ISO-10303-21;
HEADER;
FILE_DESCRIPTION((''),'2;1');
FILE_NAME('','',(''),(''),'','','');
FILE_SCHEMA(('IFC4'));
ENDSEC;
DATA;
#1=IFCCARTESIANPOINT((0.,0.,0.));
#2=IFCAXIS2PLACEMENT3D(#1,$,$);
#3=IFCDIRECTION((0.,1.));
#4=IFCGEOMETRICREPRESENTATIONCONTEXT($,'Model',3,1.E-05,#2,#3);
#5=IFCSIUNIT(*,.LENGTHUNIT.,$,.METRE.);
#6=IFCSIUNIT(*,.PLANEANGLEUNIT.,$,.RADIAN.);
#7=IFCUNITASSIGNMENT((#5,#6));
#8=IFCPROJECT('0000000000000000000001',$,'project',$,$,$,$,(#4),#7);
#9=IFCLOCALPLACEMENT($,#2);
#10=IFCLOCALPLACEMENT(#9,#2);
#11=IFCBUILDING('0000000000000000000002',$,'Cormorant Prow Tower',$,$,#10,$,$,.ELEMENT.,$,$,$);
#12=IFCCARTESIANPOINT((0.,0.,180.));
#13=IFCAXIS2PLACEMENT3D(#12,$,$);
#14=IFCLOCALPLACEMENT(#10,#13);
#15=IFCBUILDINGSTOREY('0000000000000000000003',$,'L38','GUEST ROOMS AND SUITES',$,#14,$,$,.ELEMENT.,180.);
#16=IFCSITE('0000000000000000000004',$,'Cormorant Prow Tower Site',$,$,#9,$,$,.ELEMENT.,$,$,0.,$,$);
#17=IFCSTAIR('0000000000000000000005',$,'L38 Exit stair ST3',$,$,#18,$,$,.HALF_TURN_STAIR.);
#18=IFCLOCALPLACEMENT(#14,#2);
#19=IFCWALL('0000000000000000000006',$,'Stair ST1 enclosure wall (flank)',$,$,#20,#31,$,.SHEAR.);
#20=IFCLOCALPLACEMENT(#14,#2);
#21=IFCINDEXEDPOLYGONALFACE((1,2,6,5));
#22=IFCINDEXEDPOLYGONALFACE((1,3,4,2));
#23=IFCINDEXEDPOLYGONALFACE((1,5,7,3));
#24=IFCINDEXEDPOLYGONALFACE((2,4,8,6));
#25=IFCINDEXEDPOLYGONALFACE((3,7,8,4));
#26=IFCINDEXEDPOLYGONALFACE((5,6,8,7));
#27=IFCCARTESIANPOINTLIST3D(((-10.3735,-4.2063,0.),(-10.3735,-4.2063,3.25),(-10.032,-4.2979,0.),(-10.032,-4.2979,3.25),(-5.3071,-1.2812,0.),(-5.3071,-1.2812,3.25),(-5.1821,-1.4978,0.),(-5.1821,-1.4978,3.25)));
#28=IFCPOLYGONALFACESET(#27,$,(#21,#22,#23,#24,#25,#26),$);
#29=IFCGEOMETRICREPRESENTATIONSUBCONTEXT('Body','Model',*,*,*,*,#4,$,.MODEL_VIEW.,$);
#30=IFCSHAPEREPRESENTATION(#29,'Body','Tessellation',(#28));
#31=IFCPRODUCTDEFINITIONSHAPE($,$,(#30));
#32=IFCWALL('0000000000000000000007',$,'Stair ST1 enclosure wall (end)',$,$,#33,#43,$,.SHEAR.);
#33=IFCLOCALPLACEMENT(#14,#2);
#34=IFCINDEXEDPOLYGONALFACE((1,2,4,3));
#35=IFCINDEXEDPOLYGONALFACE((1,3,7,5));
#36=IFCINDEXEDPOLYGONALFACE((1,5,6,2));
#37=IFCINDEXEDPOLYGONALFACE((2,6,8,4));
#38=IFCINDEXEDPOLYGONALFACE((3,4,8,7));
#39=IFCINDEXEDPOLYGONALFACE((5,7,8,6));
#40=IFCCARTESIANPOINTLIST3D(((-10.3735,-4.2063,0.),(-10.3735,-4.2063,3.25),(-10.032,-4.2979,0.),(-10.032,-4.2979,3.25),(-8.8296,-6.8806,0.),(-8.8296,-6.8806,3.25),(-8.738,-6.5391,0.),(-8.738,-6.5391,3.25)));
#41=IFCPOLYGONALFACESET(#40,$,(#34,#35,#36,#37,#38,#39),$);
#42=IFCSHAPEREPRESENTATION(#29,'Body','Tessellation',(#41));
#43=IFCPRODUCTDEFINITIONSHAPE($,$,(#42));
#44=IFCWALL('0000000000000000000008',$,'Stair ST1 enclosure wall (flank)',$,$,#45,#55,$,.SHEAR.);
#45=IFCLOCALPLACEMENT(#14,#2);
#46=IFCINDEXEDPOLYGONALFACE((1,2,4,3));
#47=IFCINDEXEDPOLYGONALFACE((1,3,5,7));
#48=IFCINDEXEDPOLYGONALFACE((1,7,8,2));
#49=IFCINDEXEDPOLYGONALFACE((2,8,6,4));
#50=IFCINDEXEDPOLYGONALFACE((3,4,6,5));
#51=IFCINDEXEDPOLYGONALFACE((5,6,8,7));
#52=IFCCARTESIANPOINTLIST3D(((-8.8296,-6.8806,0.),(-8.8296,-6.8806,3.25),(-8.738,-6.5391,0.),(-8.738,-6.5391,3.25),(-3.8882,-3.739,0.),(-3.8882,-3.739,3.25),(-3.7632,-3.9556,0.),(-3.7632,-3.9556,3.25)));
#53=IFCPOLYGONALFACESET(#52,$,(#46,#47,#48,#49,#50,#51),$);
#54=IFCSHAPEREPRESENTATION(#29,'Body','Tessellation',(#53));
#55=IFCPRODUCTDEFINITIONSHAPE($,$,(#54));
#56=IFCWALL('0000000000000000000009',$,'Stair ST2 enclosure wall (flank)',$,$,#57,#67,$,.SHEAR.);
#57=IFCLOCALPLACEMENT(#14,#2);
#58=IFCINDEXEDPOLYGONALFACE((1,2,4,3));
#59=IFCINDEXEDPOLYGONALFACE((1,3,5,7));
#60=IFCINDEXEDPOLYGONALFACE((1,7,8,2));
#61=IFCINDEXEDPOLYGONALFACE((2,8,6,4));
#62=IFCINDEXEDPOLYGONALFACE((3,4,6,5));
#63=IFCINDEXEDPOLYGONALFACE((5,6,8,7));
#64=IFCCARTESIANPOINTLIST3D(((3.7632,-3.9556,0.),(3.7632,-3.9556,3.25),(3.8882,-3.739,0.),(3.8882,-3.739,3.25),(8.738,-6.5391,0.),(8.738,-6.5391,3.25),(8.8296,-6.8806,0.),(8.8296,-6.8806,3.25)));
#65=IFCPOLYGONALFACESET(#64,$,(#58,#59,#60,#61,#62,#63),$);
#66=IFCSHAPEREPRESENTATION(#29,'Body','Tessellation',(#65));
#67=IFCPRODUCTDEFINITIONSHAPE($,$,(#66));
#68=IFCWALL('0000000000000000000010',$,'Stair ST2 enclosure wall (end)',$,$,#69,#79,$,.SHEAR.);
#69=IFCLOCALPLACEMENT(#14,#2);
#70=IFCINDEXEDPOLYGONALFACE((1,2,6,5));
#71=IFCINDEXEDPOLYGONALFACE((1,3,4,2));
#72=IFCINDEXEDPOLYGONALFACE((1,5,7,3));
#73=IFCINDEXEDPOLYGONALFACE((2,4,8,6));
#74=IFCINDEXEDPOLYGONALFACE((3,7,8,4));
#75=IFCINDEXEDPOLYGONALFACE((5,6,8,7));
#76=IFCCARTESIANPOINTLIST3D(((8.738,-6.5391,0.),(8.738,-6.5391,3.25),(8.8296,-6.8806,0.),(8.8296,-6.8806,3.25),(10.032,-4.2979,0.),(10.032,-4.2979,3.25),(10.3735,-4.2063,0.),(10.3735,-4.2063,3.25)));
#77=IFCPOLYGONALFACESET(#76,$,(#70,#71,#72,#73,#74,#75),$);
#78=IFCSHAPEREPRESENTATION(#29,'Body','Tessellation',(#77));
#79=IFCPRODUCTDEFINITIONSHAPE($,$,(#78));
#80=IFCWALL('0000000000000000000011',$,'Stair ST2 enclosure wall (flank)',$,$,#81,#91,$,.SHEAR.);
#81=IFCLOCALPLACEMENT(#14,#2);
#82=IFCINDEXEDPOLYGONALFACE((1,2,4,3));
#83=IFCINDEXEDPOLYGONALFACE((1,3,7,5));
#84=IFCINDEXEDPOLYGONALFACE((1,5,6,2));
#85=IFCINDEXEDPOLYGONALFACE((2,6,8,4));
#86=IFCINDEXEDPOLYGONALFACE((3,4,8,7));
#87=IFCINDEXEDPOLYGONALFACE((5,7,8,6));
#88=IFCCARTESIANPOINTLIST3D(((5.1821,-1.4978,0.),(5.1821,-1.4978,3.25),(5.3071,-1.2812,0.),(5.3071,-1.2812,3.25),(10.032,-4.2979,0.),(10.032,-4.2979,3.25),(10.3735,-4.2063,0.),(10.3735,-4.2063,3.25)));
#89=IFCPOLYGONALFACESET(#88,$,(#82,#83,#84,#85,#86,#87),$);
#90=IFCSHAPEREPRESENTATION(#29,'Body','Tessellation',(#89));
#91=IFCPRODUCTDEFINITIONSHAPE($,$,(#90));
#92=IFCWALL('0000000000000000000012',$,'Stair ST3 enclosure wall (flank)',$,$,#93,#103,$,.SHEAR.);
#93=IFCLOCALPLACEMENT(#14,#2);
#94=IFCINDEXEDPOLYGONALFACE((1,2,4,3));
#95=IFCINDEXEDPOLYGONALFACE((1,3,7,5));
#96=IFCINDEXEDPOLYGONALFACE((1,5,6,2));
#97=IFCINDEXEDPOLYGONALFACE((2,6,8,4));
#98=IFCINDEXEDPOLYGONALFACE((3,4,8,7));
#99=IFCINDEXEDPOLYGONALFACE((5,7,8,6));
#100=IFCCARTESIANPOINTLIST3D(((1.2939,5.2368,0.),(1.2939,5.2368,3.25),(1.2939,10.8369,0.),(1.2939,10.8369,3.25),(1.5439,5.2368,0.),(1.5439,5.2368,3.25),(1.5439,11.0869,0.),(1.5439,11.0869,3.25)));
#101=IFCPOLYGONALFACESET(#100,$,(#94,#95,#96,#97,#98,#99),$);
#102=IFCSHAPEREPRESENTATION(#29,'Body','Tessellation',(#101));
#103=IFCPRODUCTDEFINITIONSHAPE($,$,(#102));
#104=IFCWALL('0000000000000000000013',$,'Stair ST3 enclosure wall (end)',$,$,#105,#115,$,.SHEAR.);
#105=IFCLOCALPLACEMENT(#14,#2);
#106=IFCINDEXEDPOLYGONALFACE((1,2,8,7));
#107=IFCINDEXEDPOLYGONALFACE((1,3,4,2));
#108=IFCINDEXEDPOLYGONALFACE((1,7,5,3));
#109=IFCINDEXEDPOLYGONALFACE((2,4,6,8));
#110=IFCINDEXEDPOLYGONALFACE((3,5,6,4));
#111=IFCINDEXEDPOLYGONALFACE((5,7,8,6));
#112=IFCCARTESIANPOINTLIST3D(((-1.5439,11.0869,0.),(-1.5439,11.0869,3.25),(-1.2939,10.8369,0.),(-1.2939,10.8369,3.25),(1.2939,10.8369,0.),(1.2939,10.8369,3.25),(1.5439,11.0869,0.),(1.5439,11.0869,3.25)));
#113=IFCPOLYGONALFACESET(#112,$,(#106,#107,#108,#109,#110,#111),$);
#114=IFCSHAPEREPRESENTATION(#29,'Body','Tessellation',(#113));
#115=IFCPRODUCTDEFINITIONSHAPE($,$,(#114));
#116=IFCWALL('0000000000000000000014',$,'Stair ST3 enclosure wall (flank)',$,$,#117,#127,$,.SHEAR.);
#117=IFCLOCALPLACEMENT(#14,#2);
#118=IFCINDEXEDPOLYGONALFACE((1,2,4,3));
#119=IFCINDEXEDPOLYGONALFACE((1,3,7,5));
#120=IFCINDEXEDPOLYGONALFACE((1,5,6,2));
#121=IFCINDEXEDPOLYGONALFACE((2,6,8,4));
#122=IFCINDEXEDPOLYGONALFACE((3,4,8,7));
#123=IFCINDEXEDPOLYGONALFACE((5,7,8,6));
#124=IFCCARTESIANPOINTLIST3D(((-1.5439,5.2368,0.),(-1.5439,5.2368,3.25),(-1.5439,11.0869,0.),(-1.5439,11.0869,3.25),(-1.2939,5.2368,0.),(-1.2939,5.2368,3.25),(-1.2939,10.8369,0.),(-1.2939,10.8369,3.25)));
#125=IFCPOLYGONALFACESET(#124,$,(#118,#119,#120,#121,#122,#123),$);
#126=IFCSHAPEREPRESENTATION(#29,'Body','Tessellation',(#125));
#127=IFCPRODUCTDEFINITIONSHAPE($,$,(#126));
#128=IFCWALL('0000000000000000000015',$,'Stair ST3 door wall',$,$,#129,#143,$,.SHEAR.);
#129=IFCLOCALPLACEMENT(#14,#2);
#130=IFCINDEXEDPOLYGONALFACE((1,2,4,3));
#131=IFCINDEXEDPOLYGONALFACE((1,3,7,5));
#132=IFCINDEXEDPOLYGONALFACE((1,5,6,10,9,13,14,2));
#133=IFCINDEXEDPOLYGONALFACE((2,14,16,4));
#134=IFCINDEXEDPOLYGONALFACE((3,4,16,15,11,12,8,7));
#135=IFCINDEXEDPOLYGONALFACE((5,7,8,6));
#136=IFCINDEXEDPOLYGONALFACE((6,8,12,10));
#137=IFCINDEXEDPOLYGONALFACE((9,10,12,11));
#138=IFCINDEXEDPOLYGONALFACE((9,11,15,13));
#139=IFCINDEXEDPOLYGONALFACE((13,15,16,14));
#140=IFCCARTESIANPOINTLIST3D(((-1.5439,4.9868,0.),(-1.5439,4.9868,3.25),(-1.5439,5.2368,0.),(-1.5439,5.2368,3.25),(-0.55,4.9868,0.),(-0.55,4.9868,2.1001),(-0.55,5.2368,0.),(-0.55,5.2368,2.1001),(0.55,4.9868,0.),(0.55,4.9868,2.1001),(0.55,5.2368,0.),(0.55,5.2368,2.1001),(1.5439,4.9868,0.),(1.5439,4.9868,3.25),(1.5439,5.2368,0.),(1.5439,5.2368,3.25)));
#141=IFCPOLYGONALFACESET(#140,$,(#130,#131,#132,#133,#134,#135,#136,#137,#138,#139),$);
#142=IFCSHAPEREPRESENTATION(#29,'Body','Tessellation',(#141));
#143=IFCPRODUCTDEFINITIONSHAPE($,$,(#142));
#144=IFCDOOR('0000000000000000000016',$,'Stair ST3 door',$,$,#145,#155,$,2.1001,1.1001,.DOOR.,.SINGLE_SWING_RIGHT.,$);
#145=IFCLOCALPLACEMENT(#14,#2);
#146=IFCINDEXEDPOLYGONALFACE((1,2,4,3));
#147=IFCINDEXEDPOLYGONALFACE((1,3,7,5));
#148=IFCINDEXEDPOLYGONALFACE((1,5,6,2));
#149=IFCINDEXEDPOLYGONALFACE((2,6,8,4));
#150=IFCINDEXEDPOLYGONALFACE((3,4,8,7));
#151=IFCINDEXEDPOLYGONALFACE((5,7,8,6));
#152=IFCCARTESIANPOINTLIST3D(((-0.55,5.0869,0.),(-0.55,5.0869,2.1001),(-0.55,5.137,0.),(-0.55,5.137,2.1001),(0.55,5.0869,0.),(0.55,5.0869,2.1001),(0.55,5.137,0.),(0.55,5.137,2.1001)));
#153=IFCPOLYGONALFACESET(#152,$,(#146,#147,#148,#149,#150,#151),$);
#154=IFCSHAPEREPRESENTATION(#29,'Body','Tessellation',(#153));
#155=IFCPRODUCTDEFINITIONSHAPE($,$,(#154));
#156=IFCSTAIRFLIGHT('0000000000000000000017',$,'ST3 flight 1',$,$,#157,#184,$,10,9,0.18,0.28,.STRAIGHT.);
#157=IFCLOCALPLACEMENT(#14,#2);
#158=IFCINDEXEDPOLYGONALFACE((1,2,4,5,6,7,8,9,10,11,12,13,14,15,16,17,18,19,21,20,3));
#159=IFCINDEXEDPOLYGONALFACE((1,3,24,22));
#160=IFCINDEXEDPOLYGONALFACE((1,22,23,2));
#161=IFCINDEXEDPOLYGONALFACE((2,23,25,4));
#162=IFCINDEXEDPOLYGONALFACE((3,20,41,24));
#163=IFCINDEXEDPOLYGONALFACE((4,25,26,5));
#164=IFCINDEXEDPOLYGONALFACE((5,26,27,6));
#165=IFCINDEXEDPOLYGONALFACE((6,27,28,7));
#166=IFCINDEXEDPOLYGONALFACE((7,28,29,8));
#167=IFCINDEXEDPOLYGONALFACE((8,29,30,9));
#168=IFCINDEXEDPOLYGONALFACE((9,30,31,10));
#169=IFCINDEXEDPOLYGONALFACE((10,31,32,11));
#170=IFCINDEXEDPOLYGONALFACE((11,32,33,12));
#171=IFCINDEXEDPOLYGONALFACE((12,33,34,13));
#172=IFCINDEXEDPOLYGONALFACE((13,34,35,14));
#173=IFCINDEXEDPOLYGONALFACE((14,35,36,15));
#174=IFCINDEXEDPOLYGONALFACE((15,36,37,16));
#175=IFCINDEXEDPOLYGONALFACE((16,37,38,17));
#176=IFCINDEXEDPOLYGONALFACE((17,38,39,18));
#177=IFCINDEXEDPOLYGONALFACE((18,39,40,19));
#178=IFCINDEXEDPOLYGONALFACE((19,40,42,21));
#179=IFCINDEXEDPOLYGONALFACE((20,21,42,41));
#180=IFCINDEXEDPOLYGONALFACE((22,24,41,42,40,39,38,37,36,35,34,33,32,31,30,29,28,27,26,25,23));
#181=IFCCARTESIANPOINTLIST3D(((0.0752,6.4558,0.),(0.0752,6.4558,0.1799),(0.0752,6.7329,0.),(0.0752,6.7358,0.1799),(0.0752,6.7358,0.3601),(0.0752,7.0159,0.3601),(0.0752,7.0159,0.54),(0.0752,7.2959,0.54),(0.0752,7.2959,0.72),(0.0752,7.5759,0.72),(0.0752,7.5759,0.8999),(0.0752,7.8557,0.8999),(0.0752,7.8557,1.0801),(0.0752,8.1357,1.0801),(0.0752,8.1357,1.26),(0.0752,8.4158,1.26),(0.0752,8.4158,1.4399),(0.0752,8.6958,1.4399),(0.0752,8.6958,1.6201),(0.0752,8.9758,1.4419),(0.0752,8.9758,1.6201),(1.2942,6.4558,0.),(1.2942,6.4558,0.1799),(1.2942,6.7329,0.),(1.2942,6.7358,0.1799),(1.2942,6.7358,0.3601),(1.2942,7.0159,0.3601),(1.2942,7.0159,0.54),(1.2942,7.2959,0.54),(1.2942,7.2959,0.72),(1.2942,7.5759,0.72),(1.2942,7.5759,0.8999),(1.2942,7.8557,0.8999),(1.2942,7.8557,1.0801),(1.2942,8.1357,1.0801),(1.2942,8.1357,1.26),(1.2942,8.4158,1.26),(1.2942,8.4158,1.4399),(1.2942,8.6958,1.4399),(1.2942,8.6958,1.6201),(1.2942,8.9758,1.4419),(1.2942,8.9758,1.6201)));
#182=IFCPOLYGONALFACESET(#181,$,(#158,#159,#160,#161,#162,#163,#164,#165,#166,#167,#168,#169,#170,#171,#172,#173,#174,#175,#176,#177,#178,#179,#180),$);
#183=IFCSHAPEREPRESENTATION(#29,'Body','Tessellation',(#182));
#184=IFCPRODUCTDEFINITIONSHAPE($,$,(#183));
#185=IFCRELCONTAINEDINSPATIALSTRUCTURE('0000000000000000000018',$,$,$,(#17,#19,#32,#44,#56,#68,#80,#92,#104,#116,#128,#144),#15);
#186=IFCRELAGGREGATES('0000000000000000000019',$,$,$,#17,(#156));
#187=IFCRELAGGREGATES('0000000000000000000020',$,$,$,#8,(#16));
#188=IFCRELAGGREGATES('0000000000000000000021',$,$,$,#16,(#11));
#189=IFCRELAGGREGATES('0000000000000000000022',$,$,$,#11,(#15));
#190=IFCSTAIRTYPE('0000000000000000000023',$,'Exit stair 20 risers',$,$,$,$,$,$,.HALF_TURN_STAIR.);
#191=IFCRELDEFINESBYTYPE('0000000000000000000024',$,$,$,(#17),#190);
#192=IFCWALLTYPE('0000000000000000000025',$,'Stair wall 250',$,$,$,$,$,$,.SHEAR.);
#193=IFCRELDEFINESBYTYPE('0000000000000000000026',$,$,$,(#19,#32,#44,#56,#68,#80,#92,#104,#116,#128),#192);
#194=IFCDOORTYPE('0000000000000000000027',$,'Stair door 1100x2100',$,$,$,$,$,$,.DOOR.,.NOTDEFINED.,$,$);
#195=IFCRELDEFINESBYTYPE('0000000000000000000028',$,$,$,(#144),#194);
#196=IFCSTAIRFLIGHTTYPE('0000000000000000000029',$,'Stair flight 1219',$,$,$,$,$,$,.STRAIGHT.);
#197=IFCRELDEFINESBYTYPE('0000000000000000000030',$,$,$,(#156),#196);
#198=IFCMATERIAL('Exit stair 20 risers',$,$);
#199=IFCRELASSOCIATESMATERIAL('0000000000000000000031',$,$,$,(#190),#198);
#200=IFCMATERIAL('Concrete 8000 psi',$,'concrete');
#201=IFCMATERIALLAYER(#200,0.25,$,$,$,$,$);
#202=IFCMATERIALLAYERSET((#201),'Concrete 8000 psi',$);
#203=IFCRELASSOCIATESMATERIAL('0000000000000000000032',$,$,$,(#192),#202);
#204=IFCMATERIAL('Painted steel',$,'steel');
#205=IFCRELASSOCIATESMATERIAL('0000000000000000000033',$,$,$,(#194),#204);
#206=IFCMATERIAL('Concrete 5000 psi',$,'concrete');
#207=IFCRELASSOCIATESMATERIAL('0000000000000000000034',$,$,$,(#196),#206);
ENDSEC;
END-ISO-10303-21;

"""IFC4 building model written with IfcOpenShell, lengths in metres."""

from ifc_helpers import new_model, si_unit, direction, frame, frame_2d, origin, place, context, subcontext, project, spatial, polyline, rectangle, outline, extrude, material, layer, layer_set, type_object, element, fill, aggregate, save


model = new_model("IFC4")

# Units and contexts
model_context = context("Model", 3, precision=1e-05, world=origin(), true_north=direction((0.0, 1.0)))
body_context = subcontext(model_context, "Body", "Model", "MODEL_VIEW")
ifc_project = project(units=[si_unit("LENGTHUNIT", "METRE"), si_unit("PLANEANGLEUNIT", "RADIAN")], contexts=[model_context])

# Site, building, storey
site_placement = place(None, origin())
site = spatial("IfcSite", under=ifc_project, at=site_placement, Name="Cormorant Prow Tower Site", CompositionType="ELEMENT", RefElevation=0.0)
building_placement = place(site_placement, origin())
building = spatial("IfcBuilding", under=site, at=building_placement, Name="Cormorant Prow Tower", CompositionType="ELEMENT")
storey_placement = place(building_placement, frame((0.0, 0.0, 180.0)))
storey = spatial("IfcBuildingStorey", under=building, at=storey_placement, Name="L38", Description="GUEST ROOMS AND SUITES", CompositionType="ELEMENT", Elevation=180.0)

# Stair
ifc_material_1 = material(Name="Exit stair 20 risers")
stair_type = type_object("IfcStairType", Name="Exit stair 20 risers", PredefinedType="HALF_TURN_STAIR", material=ifc_material_1)
stair_1_placement = place(storey_placement, origin())
stair_1 = element("IfcStair", 1, at=stair_1_placement, inside=storey, type_object=stair_type, Name="L38 Exit stair ST3", PredefinedType="HALF_TURN_STAIR")

# Walls
ifc_material_2 = material(Name="Concrete 8000 psi", Category="concrete")
ifc_layer_1 = layer(ifc_material_2, 0.25)
ifc_layer_set_1 = layer_set([ifc_layer_1], Name="Concrete 8000 psi")
wall_type_1 = type_object("IfcWallType", Name="Stair wall 250", PredefinedType="SHEAR", material=ifc_layer_set_1)
wall_1_placement = place(storey_placement, origin())
element("IfcWall", 2, at=wall_1_placement, inside=storey, type_object=wall_type_1, Name="Stair ST1 enclosure wall (flank)", PredefinedType="SHEAR", context=body_context, shape_type="SweptSolid", body=[
    extrude(outline(polyline([(-5.3071, -1.2812), (-10.3735, -4.2063), (-10.032, -4.2979), (-5.1821, -1.4978), (-5.3071, -1.2812)])), origin(), (0.0, 0.0, 1.0), 3.25),
])
wall_2_placement = place(storey_placement, origin())
element("IfcWall", 3, at=wall_2_placement, inside=storey, type_object=wall_type_1, Name="Stair ST1 enclosure wall (end)", PredefinedType="SHEAR", context=body_context, shape_type="SweptSolid", body=[
    extrude(outline(polyline([(-10.3735, -4.2063), (-8.8296, -6.8806), (-8.738, -6.5391), (-10.032, -4.2979), (-10.3735, -4.2063)])), origin(), (0.0, 0.0, 1.0), 3.25),
])
wall_3_placement = place(storey_placement, origin())
element("IfcWall", 4, at=wall_3_placement, inside=storey, type_object=wall_type_1, Name="Stair ST1 enclosure wall (flank)", PredefinedType="SHEAR", context=body_context, shape_type="SweptSolid", body=[
    extrude(outline(polyline([(-8.738, -6.5391), (-8.8296, -6.8806), (-3.7632, -3.9556), (-3.8882, -3.739), (-8.738, -6.5391)])), origin(), (0.0, 0.0, 1.0), 3.25),
])
wall_4_placement = place(storey_placement, origin())
element("IfcWall", 5, at=wall_4_placement, inside=storey, type_object=wall_type_1, Name="Stair ST2 enclosure wall (flank)", PredefinedType="SHEAR", context=body_context, shape_type="SweptSolid", body=[
    extrude(outline(polyline([(3.7632, -3.9556), (8.8296, -6.8806), (8.738, -6.5391), (3.8882, -3.739), (3.7632, -3.9556)])), origin(), (0.0, 0.0, 1.0), 3.25),
])
wall_5_placement = place(storey_placement, origin())
element("IfcWall", 6, at=wall_5_placement, inside=storey, type_object=wall_type_1, Name="Stair ST2 enclosure wall (end)", PredefinedType="SHEAR", context=body_context, shape_type="SweptSolid", body=[
    extrude(outline(polyline([(8.8296, -6.8806), (10.3735, -4.2063), (10.032, -4.2979), (8.738, -6.5391), (8.8296, -6.8806)])), origin(), (0.0, 0.0, 1.0), 3.25),
])
wall_6_placement = place(storey_placement, origin())
element("IfcWall", 7, at=wall_6_placement, inside=storey, type_object=wall_type_1, Name="Stair ST2 enclosure wall (flank)", PredefinedType="SHEAR", context=body_context, shape_type="SweptSolid", body=[
    extrude(outline(polyline([(10.032, -4.2979), (10.3735, -4.2063), (5.3071, -1.2812), (5.1821, -1.4978), (10.032, -4.2979)])), origin(), (0.0, 0.0, 1.0), 3.25),
])
wall_7_placement = place(storey_placement, origin())
element("IfcWall", 8, at=wall_7_placement, inside=storey, type_object=wall_type_1, Name="Stair ST3 enclosure wall (flank)", PredefinedType="SHEAR", context=body_context, shape_type="SweptSolid", body=[
    extrude(outline(polyline([(1.5439, 5.2368), (1.5439, 11.0869), (1.2939, 10.8369), (1.2939, 5.2368), (1.5439, 5.2368)])), origin(), (0.0, 0.0, 1.0), 3.25),
])
wall_8_placement = place(storey_placement, origin())
element("IfcWall", 9, at=wall_8_placement, inside=storey, type_object=wall_type_1, Name="Stair ST3 enclosure wall (end)", PredefinedType="SHEAR", context=body_context, shape_type="SweptSolid", body=[
    extrude(outline(polyline([(1.5439, 11.0869), (-1.5439, 11.0869), (-1.2939, 10.8369), (1.2939, 10.8369), (1.5439, 11.0869)])), origin(), (0.0, 0.0, 1.0), 3.25),
])
wall_9_placement = place(storey_placement, origin())
element("IfcWall", 10, at=wall_9_placement, inside=storey, type_object=wall_type_1, Name="Stair ST3 enclosure wall (flank)", PredefinedType="SHEAR", context=body_context, shape_type="SweptSolid", body=[
    extrude(outline(polyline([(-1.2939, 10.8369), (-1.5439, 11.0869), (-1.5439, 5.2368), (-1.2939, 5.2368), (-1.2939, 10.8369)])), origin(), (0.0, 0.0, 1.0), 3.25),
])

# Wall, opening, door
wall_10_placement = place(storey_placement, frame((1.5439, 5.1118, 0.0), z_axis=(0.0, 0.0, 1.0), x_axis=(-1.0, 0.0, 0.0)))
wall_10 = element("IfcWall", 11, at=wall_10_placement, inside=storey, type_object=wall_type_1, Name="Stair ST3 door wall", PredefinedType="SHEAR", context=body_context, shape_type="SweptSolid", body=[
    extrude(rectangle(XDim=3.0879, YDim=0.25, at=frame_2d((1.5439, 0.0))), origin(), (0.0, 0.0, 1.0), 3.25),
])
opening_1_placement = place(wall_10_placement, frame((0.9939, 0.0, 0.0)))
opening_1 = element("IfcOpeningElement", 12, at=opening_1_placement, cuts=wall_10, PredefinedType="OPENING", context=body_context, shape_type="SweptSolid", body=[
    extrude(rectangle(XDim=1.1001, YDim=2.1001, at=frame_2d((0.55, 1.05))), frame((0.0, 0.135, 0.0), z_axis=(0.0, -1.0, 0.0), x_axis=(1.0, 0.0, 0.0)), (0.0, 0.0, 1.0), 0.27),
])
ifc_material_3 = material(Name="Painted steel", Category="steel")
door_type_1 = type_object("IfcDoorType", Name="Stair door 1100x2100", OperationType="NOTDEFINED", PredefinedType="DOOR", material=ifc_material_3)
door_1_placement = place(opening_1_placement, origin())
door_1 = element("IfcDoor", 13, at=door_1_placement, inside=storey, type_object=door_type_1, Name="Stair ST3 door", OperationType="SINGLE_SWING_RIGHT", OverallHeight=2.1001, OverallWidth=1.1001, PredefinedType="DOOR", context=body_context, shape_type="SweptSolid", body=[
    extrude(rectangle(XDim=1.1001, YDim=2.1001, at=frame_2d((0.55, 1.05))), frame((0.0, 0.0249, 0.0), z_axis=(0.0, -1.0, 0.0), x_axis=(1.0, 0.0, 0.0)), (0.0, 0.0, 1.0), 0.05),
])
fill(opening_1, door_1)

# Stair flight
ifc_material_4 = material(Name="Concrete 5000 psi", Category="concrete")
stair_flight_type = type_object("IfcStairFlightType", Name="Stair flight 1219", PredefinedType="STRAIGHT", material=ifc_material_4)
stair_flight_placement = place(storey_placement, frame((0.6846, 6.4558, 0.0), z_axis=(0.0, 0.0, 1.0), x_axis=(0.0, 1.0, 0.0)))
stair_flight = element("IfcStairFlight", 14, at=stair_flight_placement, type_object=stair_flight_type, Name="ST3 flight 1", NumberOfRisers=10, NumberOfTreads=9, PredefinedType="STRAIGHT", RiserHeight=0.18, TreadLength=0.28, context=body_context, shape_type="SweptSolid", body=[
    extrude(outline(polyline([(0.0, 0.0), (0.0, 0.1799), (0.28, 0.1799), (0.28, 0.3601), (0.5601, 0.3601), (0.5601, 0.54), (0.8401, 0.54), (0.8401, 0.72), (1.1201, 0.72), (1.1201, 0.8999), (1.3999, 0.8999), (1.3999, 1.0801), (1.6799, 1.0801), (1.6799, 1.26), (1.96, 1.26), (1.96, 1.4399), (2.24, 1.4399), (2.24, 1.6201), (2.52, 1.6201), (2.52, 1.8), (2.52, 1.4419), (0.2771, 0.0), (0.0, 0.0)])), frame((0.0, 0.6094, 0.0), z_axis=(0.0, -1.0, 0.0), x_axis=(1.0, 0.0, 0.0)), (0.0, 0.0, 1.0), 1.219),
])
aggregate(stair_1, [stair_flight])

save(model, "model.ifc")
